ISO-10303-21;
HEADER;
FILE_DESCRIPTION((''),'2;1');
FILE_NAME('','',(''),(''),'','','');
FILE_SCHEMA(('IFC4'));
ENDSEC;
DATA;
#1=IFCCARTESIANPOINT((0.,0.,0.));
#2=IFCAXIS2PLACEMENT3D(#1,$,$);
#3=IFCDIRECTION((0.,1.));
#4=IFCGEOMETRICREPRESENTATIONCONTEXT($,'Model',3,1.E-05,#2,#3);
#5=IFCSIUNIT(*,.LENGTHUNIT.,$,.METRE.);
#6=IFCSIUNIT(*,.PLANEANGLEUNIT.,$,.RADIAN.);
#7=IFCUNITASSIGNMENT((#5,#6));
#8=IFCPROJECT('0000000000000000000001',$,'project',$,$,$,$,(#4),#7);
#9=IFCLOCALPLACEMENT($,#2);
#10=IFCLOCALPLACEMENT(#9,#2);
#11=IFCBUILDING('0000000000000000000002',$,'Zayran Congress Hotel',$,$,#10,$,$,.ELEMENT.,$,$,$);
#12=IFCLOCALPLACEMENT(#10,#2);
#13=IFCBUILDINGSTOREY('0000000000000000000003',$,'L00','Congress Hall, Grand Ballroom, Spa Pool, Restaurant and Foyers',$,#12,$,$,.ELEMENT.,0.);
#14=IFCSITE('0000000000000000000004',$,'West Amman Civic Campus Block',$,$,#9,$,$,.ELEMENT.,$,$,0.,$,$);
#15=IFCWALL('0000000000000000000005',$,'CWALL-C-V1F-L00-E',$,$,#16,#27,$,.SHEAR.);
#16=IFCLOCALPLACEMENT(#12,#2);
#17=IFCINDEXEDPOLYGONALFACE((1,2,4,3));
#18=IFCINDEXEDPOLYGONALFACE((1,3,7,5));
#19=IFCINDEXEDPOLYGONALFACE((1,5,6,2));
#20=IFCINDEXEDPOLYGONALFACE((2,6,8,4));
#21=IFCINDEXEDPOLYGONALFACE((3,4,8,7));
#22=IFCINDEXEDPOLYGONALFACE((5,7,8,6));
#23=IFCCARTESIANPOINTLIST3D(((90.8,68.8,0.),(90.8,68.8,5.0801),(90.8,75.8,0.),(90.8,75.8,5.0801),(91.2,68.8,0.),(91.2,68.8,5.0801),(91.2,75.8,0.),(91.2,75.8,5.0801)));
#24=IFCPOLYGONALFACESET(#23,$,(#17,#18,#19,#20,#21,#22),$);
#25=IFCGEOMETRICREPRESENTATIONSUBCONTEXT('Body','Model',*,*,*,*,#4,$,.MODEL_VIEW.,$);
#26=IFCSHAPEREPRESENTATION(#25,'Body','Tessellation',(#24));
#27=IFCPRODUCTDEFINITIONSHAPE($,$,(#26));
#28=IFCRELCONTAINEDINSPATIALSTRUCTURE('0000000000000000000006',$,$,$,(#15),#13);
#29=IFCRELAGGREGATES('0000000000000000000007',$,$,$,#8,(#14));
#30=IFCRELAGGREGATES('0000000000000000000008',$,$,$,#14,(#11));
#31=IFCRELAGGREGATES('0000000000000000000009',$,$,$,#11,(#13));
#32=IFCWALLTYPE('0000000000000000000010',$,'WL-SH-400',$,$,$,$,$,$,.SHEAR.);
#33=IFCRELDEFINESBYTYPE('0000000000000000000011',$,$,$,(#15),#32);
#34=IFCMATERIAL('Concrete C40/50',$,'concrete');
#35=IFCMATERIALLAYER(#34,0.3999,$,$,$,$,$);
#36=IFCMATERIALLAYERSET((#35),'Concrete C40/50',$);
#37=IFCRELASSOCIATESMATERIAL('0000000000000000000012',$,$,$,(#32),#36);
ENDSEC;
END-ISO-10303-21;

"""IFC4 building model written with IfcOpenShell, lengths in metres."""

from ifc_helpers import new_model, si_unit, direction, frame, frame_2d, origin, place, context, subcontext, project, spatial, rectangle, extrude, material, layer, layer_set, type_object, element, save


model = new_model("IFC4")

# Units and contexts
model_context = context("Model", 3, precision=1e-05, world=origin(), true_north=direction((0.0, 1.0)))
body_context = subcontext(model_context, "Body", "Model", "MODEL_VIEW")
ifc_project = project(units=[si_unit("LENGTHUNIT", "METRE"), si_unit("PLANEANGLEUNIT", "RADIAN")], contexts=[model_context])

# Site, building, storey
site_placement = place(None, origin())
site = spatial("IfcSite", under=ifc_project, at=site_placement, Name="West Amman Civic Campus Block", CompositionType="ELEMENT", RefElevation=0.0)
building_placement = place(site_placement, origin())
building = spatial("IfcBuilding", under=site, at=building_placement, Name="Zayran Congress Hotel", CompositionType="ELEMENT")
storey_placement = place(building_placement, origin())
storey = spatial("IfcBuildingStorey", under=building, at=storey_placement, Name="L00", Description="Congress Hall, Grand Ballroom, Spa Pool, Restaurant and Foyers", CompositionType="ELEMENT", Elevation=0.0)

# Shared definitions
ifc_material_1 = material(Name="Concrete C40/50", Category="concrete")

# Wall
ifc_layer_1 = layer(ifc_material_1, 0.3999)
ifc_layer_set_1 = layer_set([ifc_layer_1], Name="Concrete C40/50")
wall_type = type_object("IfcWallType", Name="WL-SH-400", PredefinedType="SHEAR", material=ifc_layer_set_1)
wall_placement = place(storey_placement, frame((91.0, 68.8, 0.0), z_axis=(0.0, 0.0, 1.0), x_axis=(0.0, 1.0, 0.0)))
element("IfcWall", 1, at=wall_placement, inside=storey, type_object=wall_type, Name="CWALL-C-V1F-L00-E", PredefinedType="SHEAR", context=body_context, shape_type="SweptSolid", body=[
    extrude(rectangle(XDim=7.0, YDim=0.3999, at=frame_2d((3.5, 0.0))), origin(), (0.0, 0.0, 1.0), 5.0801),
])

save(model, "model.ifc")
